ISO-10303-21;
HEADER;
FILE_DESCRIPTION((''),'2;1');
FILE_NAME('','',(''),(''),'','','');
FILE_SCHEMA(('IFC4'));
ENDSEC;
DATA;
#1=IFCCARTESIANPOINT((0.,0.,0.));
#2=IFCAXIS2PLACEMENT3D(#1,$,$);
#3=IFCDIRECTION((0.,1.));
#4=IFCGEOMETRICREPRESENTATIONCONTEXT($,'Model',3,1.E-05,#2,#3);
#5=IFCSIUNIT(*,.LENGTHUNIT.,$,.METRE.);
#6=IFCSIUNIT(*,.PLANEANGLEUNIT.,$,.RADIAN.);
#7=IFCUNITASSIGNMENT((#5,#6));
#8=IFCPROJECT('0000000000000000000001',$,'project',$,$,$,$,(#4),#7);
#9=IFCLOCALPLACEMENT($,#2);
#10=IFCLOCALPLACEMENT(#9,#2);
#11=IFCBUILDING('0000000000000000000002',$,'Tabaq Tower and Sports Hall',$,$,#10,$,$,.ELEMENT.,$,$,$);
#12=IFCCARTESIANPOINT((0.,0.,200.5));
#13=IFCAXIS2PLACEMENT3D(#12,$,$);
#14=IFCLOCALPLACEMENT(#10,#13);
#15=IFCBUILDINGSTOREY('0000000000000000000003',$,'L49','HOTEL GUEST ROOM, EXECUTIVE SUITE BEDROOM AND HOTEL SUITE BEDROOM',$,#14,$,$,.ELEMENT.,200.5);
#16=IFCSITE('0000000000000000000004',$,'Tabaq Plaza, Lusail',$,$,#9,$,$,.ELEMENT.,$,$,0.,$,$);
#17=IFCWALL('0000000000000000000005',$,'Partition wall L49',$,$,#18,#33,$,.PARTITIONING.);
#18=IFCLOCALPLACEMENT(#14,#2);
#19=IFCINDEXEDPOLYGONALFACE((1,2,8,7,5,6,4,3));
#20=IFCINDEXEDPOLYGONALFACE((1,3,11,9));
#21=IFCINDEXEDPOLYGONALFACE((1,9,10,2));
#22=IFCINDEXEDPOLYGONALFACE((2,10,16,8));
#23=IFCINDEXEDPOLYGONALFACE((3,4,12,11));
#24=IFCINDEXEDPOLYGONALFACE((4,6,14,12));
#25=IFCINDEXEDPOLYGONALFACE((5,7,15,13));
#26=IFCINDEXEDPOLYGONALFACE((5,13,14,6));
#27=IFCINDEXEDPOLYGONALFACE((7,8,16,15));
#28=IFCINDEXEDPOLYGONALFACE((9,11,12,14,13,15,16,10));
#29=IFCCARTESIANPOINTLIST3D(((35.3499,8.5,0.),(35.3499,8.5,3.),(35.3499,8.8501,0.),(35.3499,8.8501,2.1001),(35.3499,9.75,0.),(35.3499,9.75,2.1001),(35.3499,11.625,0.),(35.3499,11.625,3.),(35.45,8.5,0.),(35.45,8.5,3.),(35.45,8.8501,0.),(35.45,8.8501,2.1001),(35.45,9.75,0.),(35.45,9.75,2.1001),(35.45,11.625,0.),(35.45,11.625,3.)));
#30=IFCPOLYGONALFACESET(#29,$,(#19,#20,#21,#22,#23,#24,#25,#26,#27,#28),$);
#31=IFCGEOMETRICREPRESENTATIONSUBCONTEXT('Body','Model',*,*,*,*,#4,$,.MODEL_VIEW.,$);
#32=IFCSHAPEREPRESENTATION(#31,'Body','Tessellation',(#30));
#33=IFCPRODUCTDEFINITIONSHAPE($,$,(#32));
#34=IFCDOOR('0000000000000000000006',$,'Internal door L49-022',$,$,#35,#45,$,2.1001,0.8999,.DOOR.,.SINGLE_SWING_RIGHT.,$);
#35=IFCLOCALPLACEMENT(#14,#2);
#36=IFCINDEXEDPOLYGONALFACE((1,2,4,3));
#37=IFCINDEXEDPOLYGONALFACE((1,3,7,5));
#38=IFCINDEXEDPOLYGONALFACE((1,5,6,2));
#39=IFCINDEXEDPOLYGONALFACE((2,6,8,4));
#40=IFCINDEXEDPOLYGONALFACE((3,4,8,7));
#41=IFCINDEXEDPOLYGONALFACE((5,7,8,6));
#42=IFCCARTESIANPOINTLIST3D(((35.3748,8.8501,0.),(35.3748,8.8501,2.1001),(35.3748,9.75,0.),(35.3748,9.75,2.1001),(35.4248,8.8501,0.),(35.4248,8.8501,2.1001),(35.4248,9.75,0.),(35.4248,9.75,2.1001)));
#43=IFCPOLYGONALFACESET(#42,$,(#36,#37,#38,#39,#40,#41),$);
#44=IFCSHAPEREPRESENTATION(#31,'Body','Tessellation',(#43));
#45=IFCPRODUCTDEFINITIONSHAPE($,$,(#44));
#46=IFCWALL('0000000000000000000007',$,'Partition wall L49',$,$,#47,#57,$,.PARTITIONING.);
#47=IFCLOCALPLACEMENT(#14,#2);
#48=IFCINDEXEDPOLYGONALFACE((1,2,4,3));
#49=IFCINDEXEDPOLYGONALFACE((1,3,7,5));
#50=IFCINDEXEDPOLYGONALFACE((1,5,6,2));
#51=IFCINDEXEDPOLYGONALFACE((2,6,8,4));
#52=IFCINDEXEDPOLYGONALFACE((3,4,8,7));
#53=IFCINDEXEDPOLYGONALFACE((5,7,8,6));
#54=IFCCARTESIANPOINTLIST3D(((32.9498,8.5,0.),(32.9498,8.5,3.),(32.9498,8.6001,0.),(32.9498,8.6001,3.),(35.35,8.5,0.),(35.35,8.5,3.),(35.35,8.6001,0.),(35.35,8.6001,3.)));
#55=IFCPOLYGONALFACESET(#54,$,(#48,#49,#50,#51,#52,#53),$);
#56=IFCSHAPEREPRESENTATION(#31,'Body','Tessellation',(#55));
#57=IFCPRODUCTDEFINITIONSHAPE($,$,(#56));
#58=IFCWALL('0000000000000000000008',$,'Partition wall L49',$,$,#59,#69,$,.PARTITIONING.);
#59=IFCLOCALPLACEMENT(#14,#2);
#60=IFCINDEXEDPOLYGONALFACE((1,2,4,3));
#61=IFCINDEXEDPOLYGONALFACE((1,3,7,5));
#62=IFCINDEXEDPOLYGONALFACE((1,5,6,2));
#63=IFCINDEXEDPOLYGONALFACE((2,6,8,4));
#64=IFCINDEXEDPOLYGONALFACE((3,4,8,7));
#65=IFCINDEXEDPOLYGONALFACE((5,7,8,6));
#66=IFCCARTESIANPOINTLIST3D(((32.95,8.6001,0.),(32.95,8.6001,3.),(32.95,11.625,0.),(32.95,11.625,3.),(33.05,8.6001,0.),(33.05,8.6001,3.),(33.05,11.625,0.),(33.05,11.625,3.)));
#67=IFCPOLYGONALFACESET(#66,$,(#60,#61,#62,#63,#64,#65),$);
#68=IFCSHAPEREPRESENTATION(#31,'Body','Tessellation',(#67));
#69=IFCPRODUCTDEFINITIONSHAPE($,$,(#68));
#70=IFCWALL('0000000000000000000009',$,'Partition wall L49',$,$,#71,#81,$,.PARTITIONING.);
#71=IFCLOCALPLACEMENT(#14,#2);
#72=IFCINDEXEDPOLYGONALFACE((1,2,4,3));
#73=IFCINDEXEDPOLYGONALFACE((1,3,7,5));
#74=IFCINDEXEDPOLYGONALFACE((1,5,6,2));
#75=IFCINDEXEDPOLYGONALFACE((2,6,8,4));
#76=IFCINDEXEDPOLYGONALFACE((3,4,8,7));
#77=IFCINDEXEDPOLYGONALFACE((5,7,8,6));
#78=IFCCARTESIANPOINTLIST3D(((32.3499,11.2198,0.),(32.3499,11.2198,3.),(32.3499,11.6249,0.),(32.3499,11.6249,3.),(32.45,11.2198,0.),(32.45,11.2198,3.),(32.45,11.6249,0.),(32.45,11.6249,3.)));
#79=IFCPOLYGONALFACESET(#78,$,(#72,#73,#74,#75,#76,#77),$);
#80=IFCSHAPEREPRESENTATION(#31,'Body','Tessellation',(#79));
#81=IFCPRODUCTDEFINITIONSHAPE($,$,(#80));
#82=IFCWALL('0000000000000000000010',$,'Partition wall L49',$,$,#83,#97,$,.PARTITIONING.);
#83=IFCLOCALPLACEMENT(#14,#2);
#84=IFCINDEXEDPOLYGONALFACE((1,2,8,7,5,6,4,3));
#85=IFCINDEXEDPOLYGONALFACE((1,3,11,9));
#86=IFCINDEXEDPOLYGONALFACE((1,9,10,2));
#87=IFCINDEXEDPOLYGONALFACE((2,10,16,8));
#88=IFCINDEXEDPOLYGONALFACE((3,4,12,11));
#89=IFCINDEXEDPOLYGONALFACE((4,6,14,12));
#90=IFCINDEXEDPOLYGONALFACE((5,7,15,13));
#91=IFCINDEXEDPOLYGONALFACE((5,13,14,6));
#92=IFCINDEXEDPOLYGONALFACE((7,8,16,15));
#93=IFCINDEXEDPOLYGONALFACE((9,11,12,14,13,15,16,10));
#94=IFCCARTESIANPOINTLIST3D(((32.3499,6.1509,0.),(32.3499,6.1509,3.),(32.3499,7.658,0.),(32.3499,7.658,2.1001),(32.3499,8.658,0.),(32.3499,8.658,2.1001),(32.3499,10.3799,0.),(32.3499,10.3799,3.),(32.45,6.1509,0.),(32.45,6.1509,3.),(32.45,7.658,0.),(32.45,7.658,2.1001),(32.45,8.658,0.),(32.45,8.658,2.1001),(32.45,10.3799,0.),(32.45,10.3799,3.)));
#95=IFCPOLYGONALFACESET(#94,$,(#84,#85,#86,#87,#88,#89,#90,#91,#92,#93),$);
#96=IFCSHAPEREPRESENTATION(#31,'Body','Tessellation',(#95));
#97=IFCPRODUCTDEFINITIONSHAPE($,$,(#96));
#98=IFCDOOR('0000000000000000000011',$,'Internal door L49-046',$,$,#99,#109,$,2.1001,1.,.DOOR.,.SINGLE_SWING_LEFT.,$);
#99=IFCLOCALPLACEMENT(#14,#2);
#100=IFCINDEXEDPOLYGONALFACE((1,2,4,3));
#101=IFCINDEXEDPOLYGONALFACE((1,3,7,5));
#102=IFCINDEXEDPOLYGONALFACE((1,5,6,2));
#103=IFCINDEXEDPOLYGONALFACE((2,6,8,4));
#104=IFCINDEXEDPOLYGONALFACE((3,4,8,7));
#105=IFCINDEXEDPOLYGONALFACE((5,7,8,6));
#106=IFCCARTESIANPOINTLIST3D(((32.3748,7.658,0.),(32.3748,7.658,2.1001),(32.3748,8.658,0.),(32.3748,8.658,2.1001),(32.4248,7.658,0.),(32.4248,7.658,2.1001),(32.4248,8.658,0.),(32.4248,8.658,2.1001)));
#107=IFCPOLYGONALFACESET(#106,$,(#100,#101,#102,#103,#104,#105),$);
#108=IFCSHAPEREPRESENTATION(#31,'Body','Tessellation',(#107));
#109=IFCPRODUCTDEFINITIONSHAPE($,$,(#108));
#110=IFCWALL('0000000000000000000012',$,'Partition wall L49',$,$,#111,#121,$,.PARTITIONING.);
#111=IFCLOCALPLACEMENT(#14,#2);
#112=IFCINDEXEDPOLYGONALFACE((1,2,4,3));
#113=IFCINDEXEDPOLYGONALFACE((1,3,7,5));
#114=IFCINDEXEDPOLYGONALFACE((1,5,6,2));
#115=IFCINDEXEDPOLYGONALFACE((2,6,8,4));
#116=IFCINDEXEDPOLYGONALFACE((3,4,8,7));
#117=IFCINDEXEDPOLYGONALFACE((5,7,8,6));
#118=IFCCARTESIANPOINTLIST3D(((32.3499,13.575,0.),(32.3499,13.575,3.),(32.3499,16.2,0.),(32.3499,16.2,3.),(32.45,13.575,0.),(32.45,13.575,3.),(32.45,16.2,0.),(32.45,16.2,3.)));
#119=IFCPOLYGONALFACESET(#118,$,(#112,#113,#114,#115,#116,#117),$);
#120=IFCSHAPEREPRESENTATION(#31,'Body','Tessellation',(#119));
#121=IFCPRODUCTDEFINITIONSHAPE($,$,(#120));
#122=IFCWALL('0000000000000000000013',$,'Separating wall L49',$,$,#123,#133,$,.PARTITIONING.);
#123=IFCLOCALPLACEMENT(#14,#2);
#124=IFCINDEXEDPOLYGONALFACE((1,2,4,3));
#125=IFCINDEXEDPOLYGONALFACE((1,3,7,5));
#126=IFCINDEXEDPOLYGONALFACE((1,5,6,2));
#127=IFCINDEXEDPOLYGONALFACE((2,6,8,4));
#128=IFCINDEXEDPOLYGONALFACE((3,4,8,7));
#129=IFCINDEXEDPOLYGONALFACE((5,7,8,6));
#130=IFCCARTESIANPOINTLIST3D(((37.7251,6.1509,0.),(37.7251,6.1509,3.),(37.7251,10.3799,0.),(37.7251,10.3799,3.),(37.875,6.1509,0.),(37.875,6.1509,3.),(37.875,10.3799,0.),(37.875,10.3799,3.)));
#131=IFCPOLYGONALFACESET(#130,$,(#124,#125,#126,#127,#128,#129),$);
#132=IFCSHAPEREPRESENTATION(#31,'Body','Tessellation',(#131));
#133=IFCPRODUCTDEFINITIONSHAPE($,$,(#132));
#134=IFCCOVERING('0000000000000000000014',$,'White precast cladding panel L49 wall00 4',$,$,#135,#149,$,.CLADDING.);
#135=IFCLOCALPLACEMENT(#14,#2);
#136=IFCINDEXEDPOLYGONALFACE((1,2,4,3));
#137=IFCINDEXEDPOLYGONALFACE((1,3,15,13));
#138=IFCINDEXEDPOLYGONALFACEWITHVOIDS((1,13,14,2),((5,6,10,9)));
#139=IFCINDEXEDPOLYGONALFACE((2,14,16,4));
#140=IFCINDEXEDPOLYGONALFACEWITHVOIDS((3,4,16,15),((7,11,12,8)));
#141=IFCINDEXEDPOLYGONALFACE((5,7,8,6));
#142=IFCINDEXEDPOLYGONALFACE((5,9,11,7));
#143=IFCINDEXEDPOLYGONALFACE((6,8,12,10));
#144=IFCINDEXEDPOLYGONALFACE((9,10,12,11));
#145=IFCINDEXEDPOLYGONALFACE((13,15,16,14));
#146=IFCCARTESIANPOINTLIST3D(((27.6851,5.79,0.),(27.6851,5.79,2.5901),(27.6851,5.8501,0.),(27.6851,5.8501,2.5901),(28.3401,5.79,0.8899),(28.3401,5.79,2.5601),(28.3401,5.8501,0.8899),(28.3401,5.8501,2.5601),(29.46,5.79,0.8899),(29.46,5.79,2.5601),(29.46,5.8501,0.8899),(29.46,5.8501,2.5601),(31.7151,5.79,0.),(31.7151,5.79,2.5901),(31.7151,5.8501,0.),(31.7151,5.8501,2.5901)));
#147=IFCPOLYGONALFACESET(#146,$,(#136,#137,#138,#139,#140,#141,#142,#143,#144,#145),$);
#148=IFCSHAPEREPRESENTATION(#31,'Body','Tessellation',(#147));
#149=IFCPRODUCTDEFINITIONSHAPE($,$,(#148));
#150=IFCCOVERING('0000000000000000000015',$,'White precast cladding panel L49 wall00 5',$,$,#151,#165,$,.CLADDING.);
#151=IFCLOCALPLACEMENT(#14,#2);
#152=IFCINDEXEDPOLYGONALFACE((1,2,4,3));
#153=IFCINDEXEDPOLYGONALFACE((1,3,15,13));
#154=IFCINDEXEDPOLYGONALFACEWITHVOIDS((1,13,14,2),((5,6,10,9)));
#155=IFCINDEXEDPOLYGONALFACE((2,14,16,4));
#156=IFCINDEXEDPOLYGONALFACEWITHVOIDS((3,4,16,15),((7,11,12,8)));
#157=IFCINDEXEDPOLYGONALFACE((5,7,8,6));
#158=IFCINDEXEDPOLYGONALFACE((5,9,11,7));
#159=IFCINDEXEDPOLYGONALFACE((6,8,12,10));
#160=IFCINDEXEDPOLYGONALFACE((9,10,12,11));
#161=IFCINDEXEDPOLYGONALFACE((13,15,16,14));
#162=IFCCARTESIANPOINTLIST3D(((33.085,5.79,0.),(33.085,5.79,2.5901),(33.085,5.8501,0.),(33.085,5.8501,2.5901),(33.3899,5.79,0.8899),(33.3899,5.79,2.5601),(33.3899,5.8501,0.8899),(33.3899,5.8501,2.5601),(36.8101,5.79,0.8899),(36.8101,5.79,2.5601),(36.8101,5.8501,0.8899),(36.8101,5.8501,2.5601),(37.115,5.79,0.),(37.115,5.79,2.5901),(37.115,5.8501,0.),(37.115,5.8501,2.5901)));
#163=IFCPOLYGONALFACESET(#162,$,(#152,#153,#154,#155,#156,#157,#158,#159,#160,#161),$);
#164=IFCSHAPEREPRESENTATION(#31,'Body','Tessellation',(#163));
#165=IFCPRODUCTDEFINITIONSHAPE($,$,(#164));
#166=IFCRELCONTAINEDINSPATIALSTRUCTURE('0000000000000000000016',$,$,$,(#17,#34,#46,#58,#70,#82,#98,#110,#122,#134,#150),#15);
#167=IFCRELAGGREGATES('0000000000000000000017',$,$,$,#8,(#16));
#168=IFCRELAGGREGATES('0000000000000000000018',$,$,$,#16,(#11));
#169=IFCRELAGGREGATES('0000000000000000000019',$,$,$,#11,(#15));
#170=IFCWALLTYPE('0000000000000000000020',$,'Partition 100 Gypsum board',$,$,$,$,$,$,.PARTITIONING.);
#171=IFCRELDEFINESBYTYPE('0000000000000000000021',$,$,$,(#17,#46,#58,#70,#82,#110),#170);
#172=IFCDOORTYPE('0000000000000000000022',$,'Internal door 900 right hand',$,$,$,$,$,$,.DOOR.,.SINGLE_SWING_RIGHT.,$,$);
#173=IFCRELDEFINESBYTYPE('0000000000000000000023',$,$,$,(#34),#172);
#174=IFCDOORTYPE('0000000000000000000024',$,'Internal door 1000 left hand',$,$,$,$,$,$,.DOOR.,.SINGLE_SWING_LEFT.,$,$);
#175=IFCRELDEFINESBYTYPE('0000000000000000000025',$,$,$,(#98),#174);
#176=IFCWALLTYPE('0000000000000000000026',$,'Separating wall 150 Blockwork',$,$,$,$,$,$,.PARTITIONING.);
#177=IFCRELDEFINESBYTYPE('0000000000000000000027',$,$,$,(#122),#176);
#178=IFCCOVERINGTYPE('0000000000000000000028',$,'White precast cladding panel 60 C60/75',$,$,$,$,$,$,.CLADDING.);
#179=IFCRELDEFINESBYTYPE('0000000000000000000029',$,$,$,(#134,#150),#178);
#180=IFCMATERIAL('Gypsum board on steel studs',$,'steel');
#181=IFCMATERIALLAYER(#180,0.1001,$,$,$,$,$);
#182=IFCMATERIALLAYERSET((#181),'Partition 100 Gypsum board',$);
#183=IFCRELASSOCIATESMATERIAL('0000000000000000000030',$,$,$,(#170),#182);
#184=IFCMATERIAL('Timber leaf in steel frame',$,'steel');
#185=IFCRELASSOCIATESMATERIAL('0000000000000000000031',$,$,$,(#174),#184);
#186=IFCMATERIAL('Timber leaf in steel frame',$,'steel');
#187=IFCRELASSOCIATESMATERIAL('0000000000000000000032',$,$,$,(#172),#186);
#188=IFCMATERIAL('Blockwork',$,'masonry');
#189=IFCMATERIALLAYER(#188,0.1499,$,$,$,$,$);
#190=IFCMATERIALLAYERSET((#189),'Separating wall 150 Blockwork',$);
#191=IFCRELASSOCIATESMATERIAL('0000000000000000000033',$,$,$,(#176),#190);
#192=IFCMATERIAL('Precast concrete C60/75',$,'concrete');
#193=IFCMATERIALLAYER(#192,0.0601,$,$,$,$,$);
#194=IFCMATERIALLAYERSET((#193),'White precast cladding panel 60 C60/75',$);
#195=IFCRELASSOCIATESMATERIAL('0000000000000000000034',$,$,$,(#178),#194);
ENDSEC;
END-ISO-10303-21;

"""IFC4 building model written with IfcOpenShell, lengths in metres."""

from ifc_helpers import new_model, si_unit, direction, frame, frame_2d, origin, place, context, subcontext, project, spatial, polyline, rectangle, outline, extrude, material, layer, layer_set, type_object, element, fill, save


model = new_model("IFC4")

# Units and contexts
model_context = context("Model", 3, precision=1e-05, world=origin(), true_north=direction((0.0, 1.0)))
body_context = subcontext(model_context, "Body", "Model", "MODEL_VIEW")
ifc_project = project(units=[si_unit("LENGTHUNIT", "METRE"), si_unit("PLANEANGLEUNIT", "RADIAN")], contexts=[model_context])

# Site, building, storey
site_placement = place(None, origin())
site = spatial("IfcSite", under=ifc_project, at=site_placement, Name="Tabaq Plaza, Lusail", CompositionType="ELEMENT", RefElevation=0.0)
building_placement = place(site_placement, origin())
building = spatial("IfcBuilding", under=site, at=building_placement, Name="Tabaq Tower and Sports Hall", CompositionType="ELEMENT")
storey_placement = place(building_placement, frame((0.0, 0.0, 200.5)))
storey = spatial("IfcBuildingStorey", under=building, at=storey_placement, Name="L49", Description="HOTEL GUEST ROOM, EXECUTIVE SUITE BEDROOM AND HOTEL SUITE BEDROOM", CompositionType="ELEMENT", Elevation=200.5)

# Shared definitions
ifc_material_1 = material(Name="Gypsum board on steel studs", Category="steel")
ifc_layer_1 = layer(ifc_material_1, 0.1001)
ifc_layer_set_1 = layer_set([ifc_layer_1], Name="Partition 100 Gypsum board")
wall_type_1 = type_object("IfcWallType", Name="Partition 100 Gypsum board", PredefinedType="PARTITIONING", material=ifc_layer_set_1)
ifc_material_2 = material(Name="Timber leaf in steel frame", Category="steel")
door_type_1 = type_object("IfcDoorType", Name="Internal door 1000 left hand", OperationType="SINGLE_SWING_LEFT", PredefinedType="DOOR", material=ifc_material_2)

# Wall, opening, door
wall_1_placement = place(storey_placement, frame((35.3999, 11.625, 0.0), z_axis=(0.0, 0.0, 1.0), x_axis=(0.0, -1.0, 0.0)))
wall_1 = element("IfcWall", 1, at=wall_1_placement, inside=storey, type_object=wall_type_1, Name="Partition wall L49", PredefinedType="PARTITIONING", context=body_context, shape_type="SweptSolid", body=[
    extrude(rectangle(XDim=3.125, YDim=0.1001, at=frame_2d((1.5625, 0.0))), origin(), (0.0, 0.0, 1.0), 3.0),
])
opening_1_placement = place(wall_1_placement, frame((1.875, 0.0, 0.0)))
opening_1 = element("IfcOpeningElement", 2, at=opening_1_placement, cuts=wall_1, PredefinedType="OPENING", context=body_context, shape_type="SweptSolid", body=[
    extrude(rectangle(XDim=0.8999, YDim=2.1001, at=frame_2d((0.45, 1.05))), frame((0.0, 0.05, 0.0), z_axis=(0.0, -1.0, 0.0), x_axis=(1.0, 0.0, 0.0)), (0.0, 0.0, 1.0), 0.1001),
])
ifc_material_3 = material(Name="Timber leaf in steel frame", Category="steel")
door_type_2 = type_object("IfcDoorType", Name="Internal door 900 right hand", OperationType="SINGLE_SWING_RIGHT", PredefinedType="DOOR", material=ifc_material_3)
door_1_placement = place(opening_1_placement, origin())
door_1 = element("IfcDoor", 3, at=door_1_placement, inside=storey, type_object=door_type_2, Name="Internal door L49-022", OperationType="SINGLE_SWING_RIGHT", OverallHeight=2.1001, OverallWidth=0.8999, PredefinedType="DOOR", context=body_context, shape_type="SweptSolid", body=[
    extrude(rectangle(XDim=0.8999, YDim=2.1001, at=frame_2d((0.45, 1.05))), frame((0.0, 0.0249, 0.0), z_axis=(0.0, -1.0, 0.0), x_axis=(1.0, 0.0, 0.0)), (0.0, 0.0, 1.0), 0.05),
])
fill(opening_1, door_1)

# Walls
wall_2_placement = place(storey_placement, frame((35.3501, 8.55, 0.0), z_axis=(0.0, 0.0, 1.0), x_axis=(-1.0, 0.0, 0.0)))
element("IfcWall", 4, at=wall_2_placement, inside=storey, type_object=wall_type_1, Name="Partition wall L49", PredefinedType="PARTITIONING", context=body_context, shape_type="SweptSolid", body=[
    extrude(rectangle(XDim=2.4001, YDim=0.1001, at=frame_2d((1.2002, 0.0))), origin(), (0.0, 0.0, 1.0), 3.0),
])
wall_3_placement = place(storey_placement, frame((33.0, 8.6001, 0.0), z_axis=(0.0, 0.0, 1.0), x_axis=(0.0, 1.0, 0.0)))
element("IfcWall", 5, at=wall_3_placement, inside=storey, type_object=wall_type_1, Name="Partition wall L49", PredefinedType="PARTITIONING", context=body_context, shape_type="SweptSolid", body=[
    extrude(rectangle(XDim=3.0249, YDim=0.1001, at=frame_2d((1.5125, 0.0))), origin(), (0.0, 0.0, 1.0), 3.0),
])
wall_4_placement = place(storey_placement, frame((32.3999, 11.625, 0.0), z_axis=(0.0, 0.0, 1.0), x_axis=(0.0, -1.0, 0.0)))
element("IfcWall", 6, at=wall_4_placement, inside=storey, type_object=wall_type_1, Name="Partition wall L49", PredefinedType="PARTITIONING", context=body_context, shape_type="SweptSolid", body=[
    extrude(rectangle(XDim=0.405, YDim=0.1001, at=frame_2d((0.2026, 0.0))), origin(), (0.0, 0.0, 1.0), 3.0),
])

# Wall, opening, door
wall_5_placement = place(storey_placement, frame((32.3999, 10.3799, 0.0), z_axis=(0.0, 0.0, 1.0), x_axis=(0.0, -1.0, 0.0)))
wall_5 = element("IfcWall", 7, at=wall_5_placement, inside=storey, type_object=wall_type_1, Name="Partition wall L49", PredefinedType="PARTITIONING", context=body_context, shape_type="SweptSolid", body=[
    extrude(rectangle(XDim=4.229, YDim=0.1001, at=frame_2d((2.1145, 0.0))), origin(), (0.0, 0.0, 1.0), 3.0),
])
opening_2_placement = place(wall_5_placement, frame((1.7219, 0.0, 0.0)))
opening_2 = element("IfcOpeningElement", 8, at=opening_2_placement, cuts=wall_5, PredefinedType="OPENING", context=body_context, shape_type="SweptSolid", body=[
    extrude(rectangle(XDim=1.0, YDim=2.1001, at=frame_2d((0.5, 1.05))), frame((0.0, 0.05, 0.0), z_axis=(0.0, -1.0, 0.0), x_axis=(1.0, 0.0, 0.0)), (0.0, 0.0, 1.0), 0.1001),
])
door_2_placement = place(opening_2_placement, origin())
door_2 = element("IfcDoor", 9, at=door_2_placement, inside=storey, type_object=door_type_1, Name="Internal door L49-046", OperationType="SINGLE_SWING_LEFT", OverallHeight=2.1001, OverallWidth=1.0, PredefinedType="DOOR", context=body_context, shape_type="SweptSolid", body=[
    extrude(rectangle(XDim=1.0, YDim=2.1001, at=frame_2d((0.5, 1.05))), frame((0.0, 0.0249, 0.0), z_axis=(0.0, -1.0, 0.0), x_axis=(1.0, 0.0, 0.0)), (0.0, 0.0, 1.0), 0.05),
])
fill(opening_2, door_2)

# Walls
wall_6_placement = place(storey_placement, frame((32.3999, 13.575, 0.0), z_axis=(0.0, 0.0, 1.0), x_axis=(0.0, 1.0, 0.0)))
element("IfcWall", 10, at=wall_6_placement, inside=storey, type_object=wall_type_1, Name="Partition wall L49", PredefinedType="PARTITIONING", context=body_context, shape_type="SweptSolid", body=[
    extrude(rectangle(XDim=2.625, YDim=0.1001, at=frame_2d((1.3125, 0.0))), origin(), (0.0, 0.0, 1.0), 3.0),
])
ifc_material_4 = material(Name="Blockwork", Category="masonry")
ifc_layer_2 = layer(ifc_material_4, 0.1499)
ifc_layer_set_2 = layer_set([ifc_layer_2], Name="Separating wall 150 Blockwork")
wall_type_2 = type_object("IfcWallType", Name="Separating wall 150 Blockwork", PredefinedType="PARTITIONING", material=ifc_layer_set_2)
wall_7_placement = place(storey_placement, frame((37.8, 6.1509, 0.0), z_axis=(0.0, 0.0, 1.0), x_axis=(0.0, 1.0, 0.0)))
element("IfcWall", 11, at=wall_7_placement, inside=storey, type_object=wall_type_2, Name="Separating wall L49", PredefinedType="PARTITIONING", context=body_context, shape_type="SweptSolid", body=[
    extrude(rectangle(XDim=4.229, YDim=0.1499, at=frame_2d((2.1145, 0.0))), origin(), (0.0, 0.0, 1.0), 3.0),
])

# Coverings
ifc_material_5 = material(Name="Precast concrete C60/75", Category="concrete")
ifc_layer_3 = layer(ifc_material_5, 0.0601)
ifc_layer_set_3 = layer_set([ifc_layer_3], Name="White precast cladding panel 60 C60/75")
covering_type = type_object("IfcCoveringType", Name="White precast cladding panel 60 C60/75", PredefinedType="CLADDING", material=ifc_layer_set_3)
covering_1_placement = place(storey_placement, frame((27.6851, 5.8201, 0.0), z_axis=(0.0, 0.0, 1.0), x_axis=(1.0, 0.0, 0.0)))
element("IfcCovering", 12, at=covering_1_placement, inside=storey, type_object=covering_type, Name="White precast cladding panel L49 wall00 4", PredefinedType="CLADDING", context=body_context, shape_type="SweptSolid", body=[
    extrude(outline(polyline([(0.0, 0.0), (4.03, 0.0), (4.03, 2.5901), (0.0, 2.5901), (0.0, 0.0)]), holes=[polyline([(1.7749, 0.8899), (0.655, 0.8899), (0.655, 2.5601), (1.7749, 2.5601), (1.7749, 0.8899)])]), frame((0.0, 0.03, 0.0), z_axis=(0.0, -1.0, 0.0), x_axis=(1.0, 0.0, 0.0)), (0.0, 0.0, 1.0), 0.0601),
])
covering_2_placement = place(storey_placement, frame((33.085, 5.8201, 0.0), z_axis=(0.0, 0.0, 1.0), x_axis=(1.0, 0.0, 0.0)))
element("IfcCovering", 13, at=covering_2_placement, inside=storey, type_object=covering_type, Name="White precast cladding panel L49 wall00 5", PredefinedType="CLADDING", context=body_context, shape_type="SweptSolid", body=[
    extrude(outline(polyline([(0.0, 0.0), (4.03, 0.0), (4.03, 2.5901), (0.0, 2.5901), (0.0, 0.0)]), holes=[polyline([(3.7251, 0.8899), (0.3049, 0.8899), (0.3049, 2.5601), (3.7251, 2.5601), (3.7251, 0.8899)])]), frame((0.0, 0.03, 0.0), z_axis=(0.0, -1.0, 0.0), x_axis=(1.0, 0.0, 0.0)), (0.0, 0.0, 1.0), 0.0601),
])

save(model, "model.ifc")
